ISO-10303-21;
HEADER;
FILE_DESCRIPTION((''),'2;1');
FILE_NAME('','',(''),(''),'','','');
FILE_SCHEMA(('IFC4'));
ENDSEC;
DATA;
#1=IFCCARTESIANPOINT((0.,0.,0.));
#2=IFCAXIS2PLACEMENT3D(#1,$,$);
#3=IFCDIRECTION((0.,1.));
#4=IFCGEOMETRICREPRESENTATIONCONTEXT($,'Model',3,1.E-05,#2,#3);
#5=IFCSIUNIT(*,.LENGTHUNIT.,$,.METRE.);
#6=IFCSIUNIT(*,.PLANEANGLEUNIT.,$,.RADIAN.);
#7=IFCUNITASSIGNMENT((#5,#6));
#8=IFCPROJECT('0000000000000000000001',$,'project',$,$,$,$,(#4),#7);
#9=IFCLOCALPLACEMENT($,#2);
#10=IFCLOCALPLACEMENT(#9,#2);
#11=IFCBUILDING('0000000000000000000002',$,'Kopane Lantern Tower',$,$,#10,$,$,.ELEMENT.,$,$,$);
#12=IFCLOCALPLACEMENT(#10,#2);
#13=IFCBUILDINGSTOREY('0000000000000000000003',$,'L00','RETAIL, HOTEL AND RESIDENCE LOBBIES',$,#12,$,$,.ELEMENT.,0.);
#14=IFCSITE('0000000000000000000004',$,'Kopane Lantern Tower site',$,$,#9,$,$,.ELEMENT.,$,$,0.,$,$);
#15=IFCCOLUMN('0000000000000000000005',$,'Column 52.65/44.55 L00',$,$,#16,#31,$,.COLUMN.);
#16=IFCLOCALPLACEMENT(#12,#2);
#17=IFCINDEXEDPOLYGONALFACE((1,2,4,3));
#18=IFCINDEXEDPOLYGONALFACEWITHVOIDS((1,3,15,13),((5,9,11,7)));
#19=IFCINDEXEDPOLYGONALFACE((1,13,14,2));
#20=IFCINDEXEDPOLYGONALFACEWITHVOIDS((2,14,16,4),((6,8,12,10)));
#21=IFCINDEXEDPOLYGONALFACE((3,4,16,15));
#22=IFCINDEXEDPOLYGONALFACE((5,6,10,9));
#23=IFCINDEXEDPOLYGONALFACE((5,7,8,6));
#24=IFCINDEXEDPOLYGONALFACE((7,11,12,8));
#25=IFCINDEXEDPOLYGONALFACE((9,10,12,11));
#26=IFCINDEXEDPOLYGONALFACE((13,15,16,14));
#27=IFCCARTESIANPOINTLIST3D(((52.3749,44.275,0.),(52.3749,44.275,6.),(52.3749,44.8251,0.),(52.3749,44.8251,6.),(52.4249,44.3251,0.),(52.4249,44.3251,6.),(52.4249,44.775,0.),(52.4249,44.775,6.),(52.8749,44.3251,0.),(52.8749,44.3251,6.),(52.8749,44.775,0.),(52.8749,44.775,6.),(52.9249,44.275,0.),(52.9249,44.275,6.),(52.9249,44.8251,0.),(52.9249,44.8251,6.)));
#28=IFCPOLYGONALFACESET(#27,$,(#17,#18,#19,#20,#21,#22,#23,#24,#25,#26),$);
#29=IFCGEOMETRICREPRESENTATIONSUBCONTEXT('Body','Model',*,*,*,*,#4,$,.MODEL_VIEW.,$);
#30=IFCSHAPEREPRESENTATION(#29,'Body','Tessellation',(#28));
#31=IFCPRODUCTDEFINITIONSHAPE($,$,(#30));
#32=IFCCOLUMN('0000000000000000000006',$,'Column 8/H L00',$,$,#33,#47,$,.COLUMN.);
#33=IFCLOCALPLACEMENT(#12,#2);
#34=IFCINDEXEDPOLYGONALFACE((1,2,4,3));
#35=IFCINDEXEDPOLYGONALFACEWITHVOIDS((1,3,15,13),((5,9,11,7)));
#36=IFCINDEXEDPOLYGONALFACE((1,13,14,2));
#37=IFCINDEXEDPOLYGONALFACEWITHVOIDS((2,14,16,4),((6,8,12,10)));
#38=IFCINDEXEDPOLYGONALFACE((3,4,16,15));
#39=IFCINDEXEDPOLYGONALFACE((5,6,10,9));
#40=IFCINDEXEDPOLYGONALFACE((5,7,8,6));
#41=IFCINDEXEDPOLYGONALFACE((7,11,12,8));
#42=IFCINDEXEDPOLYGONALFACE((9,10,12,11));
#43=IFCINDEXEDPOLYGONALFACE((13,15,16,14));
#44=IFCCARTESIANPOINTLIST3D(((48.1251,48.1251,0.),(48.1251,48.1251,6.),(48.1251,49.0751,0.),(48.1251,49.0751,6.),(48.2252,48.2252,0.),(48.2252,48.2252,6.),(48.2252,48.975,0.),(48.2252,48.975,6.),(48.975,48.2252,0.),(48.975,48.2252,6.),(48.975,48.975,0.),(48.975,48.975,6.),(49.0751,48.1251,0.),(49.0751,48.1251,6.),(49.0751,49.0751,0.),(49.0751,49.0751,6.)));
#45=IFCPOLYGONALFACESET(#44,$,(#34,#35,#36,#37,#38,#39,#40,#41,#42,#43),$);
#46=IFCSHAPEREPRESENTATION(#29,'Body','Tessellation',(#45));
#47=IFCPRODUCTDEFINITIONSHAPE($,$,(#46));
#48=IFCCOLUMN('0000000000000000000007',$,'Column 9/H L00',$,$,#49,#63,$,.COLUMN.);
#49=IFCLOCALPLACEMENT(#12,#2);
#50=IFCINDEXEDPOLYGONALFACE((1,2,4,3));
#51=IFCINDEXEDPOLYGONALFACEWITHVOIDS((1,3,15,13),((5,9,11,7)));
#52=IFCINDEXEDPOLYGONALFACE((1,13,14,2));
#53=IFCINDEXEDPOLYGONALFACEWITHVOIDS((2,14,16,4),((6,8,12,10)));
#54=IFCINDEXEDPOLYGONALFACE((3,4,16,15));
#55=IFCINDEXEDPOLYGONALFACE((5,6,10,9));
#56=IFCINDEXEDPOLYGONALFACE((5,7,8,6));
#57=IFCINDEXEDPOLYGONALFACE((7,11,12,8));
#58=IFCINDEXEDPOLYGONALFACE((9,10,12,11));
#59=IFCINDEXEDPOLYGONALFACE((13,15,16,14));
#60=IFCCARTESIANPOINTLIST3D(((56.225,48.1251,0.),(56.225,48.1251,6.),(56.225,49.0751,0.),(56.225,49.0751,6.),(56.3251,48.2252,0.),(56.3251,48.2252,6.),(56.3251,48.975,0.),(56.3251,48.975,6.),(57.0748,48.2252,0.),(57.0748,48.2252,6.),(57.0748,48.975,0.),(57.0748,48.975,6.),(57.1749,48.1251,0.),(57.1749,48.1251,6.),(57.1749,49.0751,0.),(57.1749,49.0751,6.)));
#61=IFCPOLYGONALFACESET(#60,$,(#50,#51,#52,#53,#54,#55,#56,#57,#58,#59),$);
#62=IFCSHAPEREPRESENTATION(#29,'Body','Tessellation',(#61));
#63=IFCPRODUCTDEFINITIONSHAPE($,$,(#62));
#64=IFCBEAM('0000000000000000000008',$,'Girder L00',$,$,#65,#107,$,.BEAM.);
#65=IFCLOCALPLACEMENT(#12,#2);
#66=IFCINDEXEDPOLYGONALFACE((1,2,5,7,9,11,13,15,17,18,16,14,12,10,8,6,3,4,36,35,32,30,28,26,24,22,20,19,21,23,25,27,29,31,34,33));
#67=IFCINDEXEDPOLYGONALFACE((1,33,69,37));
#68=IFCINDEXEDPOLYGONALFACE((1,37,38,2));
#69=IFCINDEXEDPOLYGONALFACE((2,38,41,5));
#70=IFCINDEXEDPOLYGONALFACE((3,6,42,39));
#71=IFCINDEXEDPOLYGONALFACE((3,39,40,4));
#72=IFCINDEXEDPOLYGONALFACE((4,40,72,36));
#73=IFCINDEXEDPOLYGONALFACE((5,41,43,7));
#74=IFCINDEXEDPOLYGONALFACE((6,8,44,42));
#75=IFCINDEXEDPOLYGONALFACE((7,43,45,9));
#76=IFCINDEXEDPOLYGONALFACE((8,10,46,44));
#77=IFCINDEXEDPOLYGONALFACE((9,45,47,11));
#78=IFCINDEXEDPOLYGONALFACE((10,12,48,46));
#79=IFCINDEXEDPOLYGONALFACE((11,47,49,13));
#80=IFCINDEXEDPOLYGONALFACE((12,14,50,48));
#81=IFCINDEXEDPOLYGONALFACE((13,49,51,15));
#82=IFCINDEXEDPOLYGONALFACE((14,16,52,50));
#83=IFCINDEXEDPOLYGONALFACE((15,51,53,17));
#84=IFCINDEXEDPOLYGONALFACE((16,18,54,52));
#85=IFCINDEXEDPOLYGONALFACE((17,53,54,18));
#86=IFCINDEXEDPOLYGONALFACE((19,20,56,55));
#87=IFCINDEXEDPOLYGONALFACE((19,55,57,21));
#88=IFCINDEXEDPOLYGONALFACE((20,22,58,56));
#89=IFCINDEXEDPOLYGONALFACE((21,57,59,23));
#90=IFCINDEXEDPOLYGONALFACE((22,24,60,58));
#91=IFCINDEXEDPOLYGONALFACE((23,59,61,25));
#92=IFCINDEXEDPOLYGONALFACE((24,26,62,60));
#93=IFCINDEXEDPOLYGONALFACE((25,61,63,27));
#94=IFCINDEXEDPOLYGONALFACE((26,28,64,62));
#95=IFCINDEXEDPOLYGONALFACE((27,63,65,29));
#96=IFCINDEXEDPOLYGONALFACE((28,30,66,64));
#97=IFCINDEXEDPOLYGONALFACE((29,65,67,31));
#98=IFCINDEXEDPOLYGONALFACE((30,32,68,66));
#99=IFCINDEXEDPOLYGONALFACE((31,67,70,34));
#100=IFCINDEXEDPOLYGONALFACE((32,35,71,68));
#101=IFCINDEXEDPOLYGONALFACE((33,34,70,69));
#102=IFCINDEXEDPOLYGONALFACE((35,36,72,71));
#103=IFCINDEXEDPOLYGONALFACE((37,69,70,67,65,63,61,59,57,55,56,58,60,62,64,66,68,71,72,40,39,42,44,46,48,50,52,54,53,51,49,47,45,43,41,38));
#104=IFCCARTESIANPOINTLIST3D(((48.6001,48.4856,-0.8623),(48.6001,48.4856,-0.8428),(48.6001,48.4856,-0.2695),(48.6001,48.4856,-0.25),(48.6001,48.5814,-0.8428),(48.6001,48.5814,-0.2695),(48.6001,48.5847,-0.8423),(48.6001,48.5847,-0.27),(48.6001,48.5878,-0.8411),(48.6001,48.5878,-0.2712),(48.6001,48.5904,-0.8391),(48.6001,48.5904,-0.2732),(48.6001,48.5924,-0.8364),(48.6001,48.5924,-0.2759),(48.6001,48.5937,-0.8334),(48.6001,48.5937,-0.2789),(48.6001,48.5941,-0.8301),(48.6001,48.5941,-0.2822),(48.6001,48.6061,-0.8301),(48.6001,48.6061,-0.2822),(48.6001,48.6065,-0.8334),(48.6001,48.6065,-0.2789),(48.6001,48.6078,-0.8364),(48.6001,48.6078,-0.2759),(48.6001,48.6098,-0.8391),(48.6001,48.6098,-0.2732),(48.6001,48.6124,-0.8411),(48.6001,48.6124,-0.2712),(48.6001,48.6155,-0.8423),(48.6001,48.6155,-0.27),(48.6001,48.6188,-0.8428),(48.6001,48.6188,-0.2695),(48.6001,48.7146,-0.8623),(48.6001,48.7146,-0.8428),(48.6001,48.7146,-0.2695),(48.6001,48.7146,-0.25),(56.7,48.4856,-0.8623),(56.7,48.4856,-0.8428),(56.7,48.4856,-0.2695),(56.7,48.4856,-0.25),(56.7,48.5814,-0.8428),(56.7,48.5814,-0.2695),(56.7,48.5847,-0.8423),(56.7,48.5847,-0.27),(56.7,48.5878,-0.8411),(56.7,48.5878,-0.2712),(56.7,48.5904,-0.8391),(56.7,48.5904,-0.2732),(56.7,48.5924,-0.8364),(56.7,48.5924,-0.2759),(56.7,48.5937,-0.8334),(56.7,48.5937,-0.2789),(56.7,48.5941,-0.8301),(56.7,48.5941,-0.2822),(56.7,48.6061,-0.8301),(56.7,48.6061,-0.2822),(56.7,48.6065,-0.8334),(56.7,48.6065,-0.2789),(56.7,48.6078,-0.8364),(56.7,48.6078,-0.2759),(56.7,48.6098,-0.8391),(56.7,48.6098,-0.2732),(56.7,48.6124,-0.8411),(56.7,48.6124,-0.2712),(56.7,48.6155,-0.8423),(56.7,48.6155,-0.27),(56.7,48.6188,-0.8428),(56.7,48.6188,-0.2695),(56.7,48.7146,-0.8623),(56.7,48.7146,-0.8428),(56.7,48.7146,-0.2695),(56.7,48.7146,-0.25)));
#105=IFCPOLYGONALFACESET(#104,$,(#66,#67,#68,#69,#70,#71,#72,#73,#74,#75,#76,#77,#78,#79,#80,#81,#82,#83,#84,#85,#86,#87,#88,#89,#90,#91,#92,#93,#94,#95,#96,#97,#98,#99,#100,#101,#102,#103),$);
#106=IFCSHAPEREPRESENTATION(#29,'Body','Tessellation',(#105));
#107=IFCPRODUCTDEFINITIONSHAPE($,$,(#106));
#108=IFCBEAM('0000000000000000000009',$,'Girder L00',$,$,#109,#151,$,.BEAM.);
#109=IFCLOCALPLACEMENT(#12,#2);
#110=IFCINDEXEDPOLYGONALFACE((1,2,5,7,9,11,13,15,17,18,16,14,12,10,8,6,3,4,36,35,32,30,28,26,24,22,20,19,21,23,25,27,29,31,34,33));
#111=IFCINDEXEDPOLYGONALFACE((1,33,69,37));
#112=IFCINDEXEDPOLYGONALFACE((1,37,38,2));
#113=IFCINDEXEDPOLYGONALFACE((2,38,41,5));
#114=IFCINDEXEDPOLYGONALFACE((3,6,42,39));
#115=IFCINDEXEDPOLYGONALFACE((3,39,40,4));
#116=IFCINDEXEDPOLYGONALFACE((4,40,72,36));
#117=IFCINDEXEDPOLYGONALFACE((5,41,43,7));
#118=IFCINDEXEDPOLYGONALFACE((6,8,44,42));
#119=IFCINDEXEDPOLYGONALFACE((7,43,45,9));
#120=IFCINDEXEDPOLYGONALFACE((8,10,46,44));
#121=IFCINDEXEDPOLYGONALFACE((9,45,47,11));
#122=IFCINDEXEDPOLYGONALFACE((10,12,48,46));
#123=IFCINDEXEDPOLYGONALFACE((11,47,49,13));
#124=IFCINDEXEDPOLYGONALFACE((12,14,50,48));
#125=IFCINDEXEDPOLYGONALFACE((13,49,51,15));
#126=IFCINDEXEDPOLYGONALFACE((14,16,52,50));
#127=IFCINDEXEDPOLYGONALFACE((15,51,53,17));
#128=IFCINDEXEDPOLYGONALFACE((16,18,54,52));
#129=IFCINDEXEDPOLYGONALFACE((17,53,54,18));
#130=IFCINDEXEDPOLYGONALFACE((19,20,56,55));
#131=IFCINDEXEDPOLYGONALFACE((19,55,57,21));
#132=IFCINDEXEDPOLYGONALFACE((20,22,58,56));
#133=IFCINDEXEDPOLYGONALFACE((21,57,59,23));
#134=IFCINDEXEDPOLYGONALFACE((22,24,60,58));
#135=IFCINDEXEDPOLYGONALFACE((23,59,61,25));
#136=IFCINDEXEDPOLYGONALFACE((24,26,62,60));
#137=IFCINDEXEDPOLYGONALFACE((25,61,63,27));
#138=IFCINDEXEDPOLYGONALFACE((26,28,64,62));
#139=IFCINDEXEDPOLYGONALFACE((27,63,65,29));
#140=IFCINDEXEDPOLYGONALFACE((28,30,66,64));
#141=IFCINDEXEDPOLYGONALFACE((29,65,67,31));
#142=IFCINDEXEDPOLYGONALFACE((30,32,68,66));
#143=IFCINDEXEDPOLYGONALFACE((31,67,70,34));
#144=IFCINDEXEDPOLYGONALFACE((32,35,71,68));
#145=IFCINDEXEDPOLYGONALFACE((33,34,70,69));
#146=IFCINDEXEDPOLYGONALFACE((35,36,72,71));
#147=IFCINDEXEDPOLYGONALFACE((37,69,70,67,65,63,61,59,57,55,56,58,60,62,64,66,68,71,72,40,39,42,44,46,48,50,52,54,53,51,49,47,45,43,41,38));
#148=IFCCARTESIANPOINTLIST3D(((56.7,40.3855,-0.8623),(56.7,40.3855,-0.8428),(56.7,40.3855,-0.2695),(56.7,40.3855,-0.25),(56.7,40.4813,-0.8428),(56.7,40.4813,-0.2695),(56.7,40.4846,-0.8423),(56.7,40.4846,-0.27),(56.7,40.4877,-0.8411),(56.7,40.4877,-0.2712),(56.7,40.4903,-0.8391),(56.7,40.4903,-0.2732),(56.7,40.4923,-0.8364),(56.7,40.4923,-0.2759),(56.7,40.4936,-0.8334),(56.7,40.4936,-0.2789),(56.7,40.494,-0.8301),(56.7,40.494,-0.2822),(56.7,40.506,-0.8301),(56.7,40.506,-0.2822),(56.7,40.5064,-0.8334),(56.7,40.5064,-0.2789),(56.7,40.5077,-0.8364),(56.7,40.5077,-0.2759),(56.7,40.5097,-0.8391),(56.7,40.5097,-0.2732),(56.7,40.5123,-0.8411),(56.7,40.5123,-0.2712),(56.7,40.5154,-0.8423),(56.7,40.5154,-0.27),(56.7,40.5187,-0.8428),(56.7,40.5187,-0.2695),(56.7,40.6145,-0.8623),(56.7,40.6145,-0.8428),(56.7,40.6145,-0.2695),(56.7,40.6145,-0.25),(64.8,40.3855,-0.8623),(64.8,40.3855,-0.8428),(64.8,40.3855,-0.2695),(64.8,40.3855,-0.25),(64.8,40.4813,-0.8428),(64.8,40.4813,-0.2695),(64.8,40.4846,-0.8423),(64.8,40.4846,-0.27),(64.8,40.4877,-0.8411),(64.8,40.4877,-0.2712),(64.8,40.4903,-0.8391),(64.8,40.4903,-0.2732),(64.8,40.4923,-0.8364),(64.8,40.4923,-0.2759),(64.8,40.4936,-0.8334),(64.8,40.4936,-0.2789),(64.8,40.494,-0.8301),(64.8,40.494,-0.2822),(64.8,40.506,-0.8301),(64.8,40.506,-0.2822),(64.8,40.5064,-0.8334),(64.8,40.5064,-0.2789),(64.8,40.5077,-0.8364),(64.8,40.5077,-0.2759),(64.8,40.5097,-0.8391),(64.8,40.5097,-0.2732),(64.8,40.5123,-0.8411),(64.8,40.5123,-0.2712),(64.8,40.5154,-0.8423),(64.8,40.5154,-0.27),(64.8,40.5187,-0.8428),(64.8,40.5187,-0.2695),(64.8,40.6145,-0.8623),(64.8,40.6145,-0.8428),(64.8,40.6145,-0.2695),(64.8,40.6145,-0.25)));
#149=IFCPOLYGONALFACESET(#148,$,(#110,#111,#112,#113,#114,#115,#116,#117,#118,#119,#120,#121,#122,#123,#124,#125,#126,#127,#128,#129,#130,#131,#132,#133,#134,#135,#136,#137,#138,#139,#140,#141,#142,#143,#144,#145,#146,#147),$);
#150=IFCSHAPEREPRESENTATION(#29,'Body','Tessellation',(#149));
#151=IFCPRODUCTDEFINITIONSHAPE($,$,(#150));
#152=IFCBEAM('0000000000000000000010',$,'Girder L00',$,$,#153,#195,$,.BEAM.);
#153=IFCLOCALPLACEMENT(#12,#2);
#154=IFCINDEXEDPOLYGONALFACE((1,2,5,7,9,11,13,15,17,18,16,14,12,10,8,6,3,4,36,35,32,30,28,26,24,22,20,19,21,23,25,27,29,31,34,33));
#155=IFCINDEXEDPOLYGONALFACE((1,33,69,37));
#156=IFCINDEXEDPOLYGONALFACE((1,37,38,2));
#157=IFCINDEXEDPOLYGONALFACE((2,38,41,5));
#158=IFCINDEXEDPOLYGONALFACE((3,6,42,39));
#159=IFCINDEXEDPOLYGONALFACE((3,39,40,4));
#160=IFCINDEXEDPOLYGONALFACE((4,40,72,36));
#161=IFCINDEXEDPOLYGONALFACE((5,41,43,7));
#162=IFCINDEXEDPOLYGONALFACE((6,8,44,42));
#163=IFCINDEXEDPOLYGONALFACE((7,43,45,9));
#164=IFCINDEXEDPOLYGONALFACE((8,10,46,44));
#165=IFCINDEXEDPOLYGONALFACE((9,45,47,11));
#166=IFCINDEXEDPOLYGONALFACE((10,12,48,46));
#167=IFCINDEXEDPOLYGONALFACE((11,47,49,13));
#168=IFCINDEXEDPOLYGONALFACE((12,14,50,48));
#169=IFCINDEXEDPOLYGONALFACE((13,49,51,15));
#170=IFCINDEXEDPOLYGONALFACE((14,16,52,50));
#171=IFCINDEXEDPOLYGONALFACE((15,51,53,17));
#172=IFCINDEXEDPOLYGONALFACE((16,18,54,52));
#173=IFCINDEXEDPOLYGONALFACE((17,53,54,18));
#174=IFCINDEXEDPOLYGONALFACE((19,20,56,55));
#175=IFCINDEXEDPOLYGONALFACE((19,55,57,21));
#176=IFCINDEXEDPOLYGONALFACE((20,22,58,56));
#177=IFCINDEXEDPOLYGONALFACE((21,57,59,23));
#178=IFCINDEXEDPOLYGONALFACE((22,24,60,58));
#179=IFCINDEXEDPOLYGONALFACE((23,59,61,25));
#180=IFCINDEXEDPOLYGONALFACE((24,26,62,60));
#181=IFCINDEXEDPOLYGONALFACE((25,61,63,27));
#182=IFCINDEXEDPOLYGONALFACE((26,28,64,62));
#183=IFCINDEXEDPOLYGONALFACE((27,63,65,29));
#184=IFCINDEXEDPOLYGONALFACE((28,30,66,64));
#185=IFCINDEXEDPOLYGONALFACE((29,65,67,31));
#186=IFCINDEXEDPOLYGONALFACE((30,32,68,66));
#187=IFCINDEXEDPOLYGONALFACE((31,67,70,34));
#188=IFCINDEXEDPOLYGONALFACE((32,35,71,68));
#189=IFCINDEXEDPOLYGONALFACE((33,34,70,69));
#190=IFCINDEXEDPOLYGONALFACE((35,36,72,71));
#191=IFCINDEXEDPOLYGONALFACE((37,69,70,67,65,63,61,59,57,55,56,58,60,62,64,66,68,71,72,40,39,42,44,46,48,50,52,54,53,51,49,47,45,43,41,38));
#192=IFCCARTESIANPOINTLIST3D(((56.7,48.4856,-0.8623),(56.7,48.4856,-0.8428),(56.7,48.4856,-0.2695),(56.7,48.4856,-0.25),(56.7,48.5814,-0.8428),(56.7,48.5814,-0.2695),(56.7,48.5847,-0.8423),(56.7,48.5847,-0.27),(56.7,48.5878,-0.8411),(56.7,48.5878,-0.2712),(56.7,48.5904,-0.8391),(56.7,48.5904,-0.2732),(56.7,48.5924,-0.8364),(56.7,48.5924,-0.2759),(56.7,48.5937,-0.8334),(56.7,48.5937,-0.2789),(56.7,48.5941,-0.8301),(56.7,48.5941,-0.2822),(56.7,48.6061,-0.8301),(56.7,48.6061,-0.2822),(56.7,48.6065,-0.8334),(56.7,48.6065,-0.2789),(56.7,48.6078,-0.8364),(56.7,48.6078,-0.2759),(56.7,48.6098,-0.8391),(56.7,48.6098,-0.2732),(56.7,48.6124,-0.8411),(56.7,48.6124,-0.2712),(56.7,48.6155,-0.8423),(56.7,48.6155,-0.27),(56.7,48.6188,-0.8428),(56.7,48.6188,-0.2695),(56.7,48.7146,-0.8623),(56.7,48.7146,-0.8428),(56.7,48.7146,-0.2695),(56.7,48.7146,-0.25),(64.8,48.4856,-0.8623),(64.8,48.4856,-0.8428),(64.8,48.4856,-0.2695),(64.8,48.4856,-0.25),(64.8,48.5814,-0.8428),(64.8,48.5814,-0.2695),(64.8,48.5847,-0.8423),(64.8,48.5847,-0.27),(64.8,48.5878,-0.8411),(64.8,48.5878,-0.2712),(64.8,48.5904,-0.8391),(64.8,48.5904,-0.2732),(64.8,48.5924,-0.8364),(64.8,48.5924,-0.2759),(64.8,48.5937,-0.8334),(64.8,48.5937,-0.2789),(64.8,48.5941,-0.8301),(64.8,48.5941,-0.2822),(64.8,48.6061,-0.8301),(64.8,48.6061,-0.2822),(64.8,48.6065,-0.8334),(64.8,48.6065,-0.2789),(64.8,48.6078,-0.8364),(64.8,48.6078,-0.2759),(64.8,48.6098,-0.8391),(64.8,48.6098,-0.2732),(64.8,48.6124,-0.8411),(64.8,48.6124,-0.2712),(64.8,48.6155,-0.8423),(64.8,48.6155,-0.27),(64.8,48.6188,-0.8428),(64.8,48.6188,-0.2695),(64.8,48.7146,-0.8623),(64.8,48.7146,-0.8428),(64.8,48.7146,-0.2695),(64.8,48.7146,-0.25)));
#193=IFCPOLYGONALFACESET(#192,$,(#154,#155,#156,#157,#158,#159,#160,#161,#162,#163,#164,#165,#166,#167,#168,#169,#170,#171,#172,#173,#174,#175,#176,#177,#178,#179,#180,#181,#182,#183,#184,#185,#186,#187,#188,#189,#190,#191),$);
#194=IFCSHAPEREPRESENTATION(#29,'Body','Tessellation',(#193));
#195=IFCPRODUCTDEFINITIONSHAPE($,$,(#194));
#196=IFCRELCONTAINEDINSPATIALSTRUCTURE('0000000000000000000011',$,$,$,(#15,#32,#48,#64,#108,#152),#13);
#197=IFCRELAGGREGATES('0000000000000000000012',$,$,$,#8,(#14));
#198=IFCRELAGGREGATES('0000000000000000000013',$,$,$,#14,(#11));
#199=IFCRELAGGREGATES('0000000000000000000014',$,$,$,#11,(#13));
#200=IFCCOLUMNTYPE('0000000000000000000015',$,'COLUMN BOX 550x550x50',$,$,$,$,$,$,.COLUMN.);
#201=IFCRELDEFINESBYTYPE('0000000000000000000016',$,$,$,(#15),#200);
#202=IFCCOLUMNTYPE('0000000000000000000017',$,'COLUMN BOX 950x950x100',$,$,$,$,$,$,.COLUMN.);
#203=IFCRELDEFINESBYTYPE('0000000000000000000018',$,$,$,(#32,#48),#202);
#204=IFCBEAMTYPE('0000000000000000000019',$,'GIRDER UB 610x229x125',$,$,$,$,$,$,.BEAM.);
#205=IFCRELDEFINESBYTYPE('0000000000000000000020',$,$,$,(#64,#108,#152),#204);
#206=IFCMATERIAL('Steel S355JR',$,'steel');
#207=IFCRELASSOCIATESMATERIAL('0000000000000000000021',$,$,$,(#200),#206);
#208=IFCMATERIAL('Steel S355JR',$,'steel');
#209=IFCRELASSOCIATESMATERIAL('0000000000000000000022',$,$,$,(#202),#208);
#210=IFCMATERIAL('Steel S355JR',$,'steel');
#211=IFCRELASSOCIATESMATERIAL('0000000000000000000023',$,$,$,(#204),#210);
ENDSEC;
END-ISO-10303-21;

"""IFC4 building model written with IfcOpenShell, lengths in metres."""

from ifc_helpers import new_model, si_unit, direction, frame, origin, origin_2d, place, context, subcontext, project, spatial, hollow_rectangle, i_section, extrude, material, material_profile, profile_set, type_object, element, save


model = new_model("IFC4")

# Units and contexts
model_context = context("Model", 3, precision=1e-05, world=origin(), true_north=direction((0.0, 1.0)))
body_context = subcontext(model_context, "Body", "Model", "MODEL_VIEW")
ifc_project = project(units=[si_unit("LENGTHUNIT", "METRE"), si_unit("PLANEANGLEUNIT", "RADIAN")], contexts=[model_context])

# Site, building, storey
site_placement = place(None, origin())
site = spatial("IfcSite", under=ifc_project, at=site_placement, Name="Kopane Lantern Tower site", CompositionType="ELEMENT", RefElevation=0.0)
building_placement = place(site_placement, origin())
building = spatial("IfcBuilding", under=site, at=building_placement, Name="Kopane Lantern Tower", CompositionType="ELEMENT")
storey_placement = place(building_placement, origin())
storey = spatial("IfcBuildingStorey", under=building, at=storey_placement, Name="L00", Description="RETAIL, HOTEL AND RESIDENCE LOBBIES", CompositionType="ELEMENT", Elevation=0.0)

# Columns
ifc_material_1 = material(Name="Steel S355JR", Category="steel")
ifc_material_profile_1 = material_profile(ifc_material_1, hollow_rectangle(XDim=0.55, YDim=0.55, WallThickness=0.05, at=origin_2d()), Name="BOX 550x550x50")
ifc_profile_set_1 = profile_set([ifc_material_profile_1], Name="Steel S355JR")
column_type_1 = type_object("IfcColumnType", Name="COLUMN BOX 550x550x50", PredefinedType="COLUMN", material=ifc_profile_set_1)
column_placement = place(storey_placement, frame((52.6499, 44.55, 0.0), z_axis=(0.0, 0.0, 1.0), x_axis=(1.0, 0.0, 0.0)))
element("IfcColumn", 1, at=column_placement, inside=storey, type_object=column_type_1, Name="Column 52.65/44.55 L00", PredefinedType="COLUMN", context=body_context, shape_type="SweptSolid", body=[
    extrude(hollow_rectangle(XDim=0.55, YDim=0.55, WallThickness=0.05, at=origin_2d()), origin(), (0.0, 0.0, 1.0), 6.0),
])
ifc_material_2 = material(Name="Steel S355JR", Category="steel")
ifc_material_profile_2 = material_profile(ifc_material_2, hollow_rectangle(XDim=0.95, YDim=0.95, WallThickness=0.1001, at=origin_2d()), Name="BOX 950x950x100")
ifc_profile_set_2 = profile_set([ifc_material_profile_2], Name="Steel S355JR")
column_type_2 = type_object("IfcColumnType", Name="COLUMN BOX 950x950x100", PredefinedType="COLUMN", material=ifc_profile_set_2)
for number, where, z_axis, x_axis, name in (
    (2, (48.6001, 48.6001, 0.0), (0.0, 0.0, 1.0), (1.0, 0.0, 0.0), "Column 8/H L00"),
    (3, (56.7, 48.6001, 0.0), (0.0, 0.0, 1.0), (1.0, 0.0, 0.0), "Column 9/H L00"),
):
    element("IfcColumn", number, at=place(storey_placement, frame(where, z_axis=z_axis, x_axis=x_axis)), inside=storey, type_object=column_type_2, Name=name, PredefinedType="COLUMN", context=body_context, shape_type="SweptSolid", body=[
        extrude(hollow_rectangle(XDim=0.95, YDim=0.95, WallThickness=0.1001, at=origin_2d()), origin(), (0.0, 0.0, 1.0), 6.0),
    ])

# Beams
ifc_material_3 = material(Name="Steel S355JR", Category="steel")
ifc_material_profile_3 = material_profile(ifc_material_3, i_section(OverallWidth=0.229, OverallDepth=0.6123, WebThickness=0.012, FlangeThickness=0.0195, FilletRadius=0.0127, at=origin_2d()), Name="UB 610x229x125")
ifc_profile_set_3 = profile_set([ifc_material_profile_3], Name="Steel S355JR")
beam_type = type_object("IfcBeamType", Name="GIRDER UB 610x229x125", PredefinedType="BEAM", material=ifc_profile_set_3)
beam_placement = place(storey_placement, frame((48.6001, 48.6001, -0.5562), z_axis=(1.0, 0.0, 0.0), x_axis=(0.0, 1.0, 0.0)))
element("IfcBeam", 4, at=beam_placement, inside=storey, type_object=beam_type, Name="Girder L00", PredefinedType="BEAM", context=body_context, shape_type="SweptSolid", body=[
    extrude(i_section(OverallWidth=0.229, OverallDepth=0.6123, WebThickness=0.012, FlangeThickness=0.0195, FilletRadius=0.0127, at=origin_2d()), origin(), (0.0, 0.0, 1.0), 8.0999),
])
for number, where, z_axis, x_axis, name in (
    (5, (56.7, 40.5, -0.5562), (1.0, 0.0, 0.0), (0.0, 1.0, 0.0), "Girder L00"),
    (6, (56.7, 48.6001, -0.5562), (1.0, 0.0, 0.0), (0.0, 1.0, 0.0), "Girder L00"),
):
    element("IfcBeam", number, at=place(storey_placement, frame(where, z_axis=z_axis, x_axis=x_axis)), inside=storey, type_object=beam_type, Name=name, PredefinedType="BEAM", context=body_context, shape_type="SweptSolid", body=[
        extrude(i_section(OverallWidth=0.229, OverallDepth=0.6123, WebThickness=0.012, FlangeThickness=0.0195, FilletRadius=0.0127, at=origin_2d()), origin(), (0.0, 0.0, 1.0), 8.1001),
    ])

save(model, "model.ifc")
